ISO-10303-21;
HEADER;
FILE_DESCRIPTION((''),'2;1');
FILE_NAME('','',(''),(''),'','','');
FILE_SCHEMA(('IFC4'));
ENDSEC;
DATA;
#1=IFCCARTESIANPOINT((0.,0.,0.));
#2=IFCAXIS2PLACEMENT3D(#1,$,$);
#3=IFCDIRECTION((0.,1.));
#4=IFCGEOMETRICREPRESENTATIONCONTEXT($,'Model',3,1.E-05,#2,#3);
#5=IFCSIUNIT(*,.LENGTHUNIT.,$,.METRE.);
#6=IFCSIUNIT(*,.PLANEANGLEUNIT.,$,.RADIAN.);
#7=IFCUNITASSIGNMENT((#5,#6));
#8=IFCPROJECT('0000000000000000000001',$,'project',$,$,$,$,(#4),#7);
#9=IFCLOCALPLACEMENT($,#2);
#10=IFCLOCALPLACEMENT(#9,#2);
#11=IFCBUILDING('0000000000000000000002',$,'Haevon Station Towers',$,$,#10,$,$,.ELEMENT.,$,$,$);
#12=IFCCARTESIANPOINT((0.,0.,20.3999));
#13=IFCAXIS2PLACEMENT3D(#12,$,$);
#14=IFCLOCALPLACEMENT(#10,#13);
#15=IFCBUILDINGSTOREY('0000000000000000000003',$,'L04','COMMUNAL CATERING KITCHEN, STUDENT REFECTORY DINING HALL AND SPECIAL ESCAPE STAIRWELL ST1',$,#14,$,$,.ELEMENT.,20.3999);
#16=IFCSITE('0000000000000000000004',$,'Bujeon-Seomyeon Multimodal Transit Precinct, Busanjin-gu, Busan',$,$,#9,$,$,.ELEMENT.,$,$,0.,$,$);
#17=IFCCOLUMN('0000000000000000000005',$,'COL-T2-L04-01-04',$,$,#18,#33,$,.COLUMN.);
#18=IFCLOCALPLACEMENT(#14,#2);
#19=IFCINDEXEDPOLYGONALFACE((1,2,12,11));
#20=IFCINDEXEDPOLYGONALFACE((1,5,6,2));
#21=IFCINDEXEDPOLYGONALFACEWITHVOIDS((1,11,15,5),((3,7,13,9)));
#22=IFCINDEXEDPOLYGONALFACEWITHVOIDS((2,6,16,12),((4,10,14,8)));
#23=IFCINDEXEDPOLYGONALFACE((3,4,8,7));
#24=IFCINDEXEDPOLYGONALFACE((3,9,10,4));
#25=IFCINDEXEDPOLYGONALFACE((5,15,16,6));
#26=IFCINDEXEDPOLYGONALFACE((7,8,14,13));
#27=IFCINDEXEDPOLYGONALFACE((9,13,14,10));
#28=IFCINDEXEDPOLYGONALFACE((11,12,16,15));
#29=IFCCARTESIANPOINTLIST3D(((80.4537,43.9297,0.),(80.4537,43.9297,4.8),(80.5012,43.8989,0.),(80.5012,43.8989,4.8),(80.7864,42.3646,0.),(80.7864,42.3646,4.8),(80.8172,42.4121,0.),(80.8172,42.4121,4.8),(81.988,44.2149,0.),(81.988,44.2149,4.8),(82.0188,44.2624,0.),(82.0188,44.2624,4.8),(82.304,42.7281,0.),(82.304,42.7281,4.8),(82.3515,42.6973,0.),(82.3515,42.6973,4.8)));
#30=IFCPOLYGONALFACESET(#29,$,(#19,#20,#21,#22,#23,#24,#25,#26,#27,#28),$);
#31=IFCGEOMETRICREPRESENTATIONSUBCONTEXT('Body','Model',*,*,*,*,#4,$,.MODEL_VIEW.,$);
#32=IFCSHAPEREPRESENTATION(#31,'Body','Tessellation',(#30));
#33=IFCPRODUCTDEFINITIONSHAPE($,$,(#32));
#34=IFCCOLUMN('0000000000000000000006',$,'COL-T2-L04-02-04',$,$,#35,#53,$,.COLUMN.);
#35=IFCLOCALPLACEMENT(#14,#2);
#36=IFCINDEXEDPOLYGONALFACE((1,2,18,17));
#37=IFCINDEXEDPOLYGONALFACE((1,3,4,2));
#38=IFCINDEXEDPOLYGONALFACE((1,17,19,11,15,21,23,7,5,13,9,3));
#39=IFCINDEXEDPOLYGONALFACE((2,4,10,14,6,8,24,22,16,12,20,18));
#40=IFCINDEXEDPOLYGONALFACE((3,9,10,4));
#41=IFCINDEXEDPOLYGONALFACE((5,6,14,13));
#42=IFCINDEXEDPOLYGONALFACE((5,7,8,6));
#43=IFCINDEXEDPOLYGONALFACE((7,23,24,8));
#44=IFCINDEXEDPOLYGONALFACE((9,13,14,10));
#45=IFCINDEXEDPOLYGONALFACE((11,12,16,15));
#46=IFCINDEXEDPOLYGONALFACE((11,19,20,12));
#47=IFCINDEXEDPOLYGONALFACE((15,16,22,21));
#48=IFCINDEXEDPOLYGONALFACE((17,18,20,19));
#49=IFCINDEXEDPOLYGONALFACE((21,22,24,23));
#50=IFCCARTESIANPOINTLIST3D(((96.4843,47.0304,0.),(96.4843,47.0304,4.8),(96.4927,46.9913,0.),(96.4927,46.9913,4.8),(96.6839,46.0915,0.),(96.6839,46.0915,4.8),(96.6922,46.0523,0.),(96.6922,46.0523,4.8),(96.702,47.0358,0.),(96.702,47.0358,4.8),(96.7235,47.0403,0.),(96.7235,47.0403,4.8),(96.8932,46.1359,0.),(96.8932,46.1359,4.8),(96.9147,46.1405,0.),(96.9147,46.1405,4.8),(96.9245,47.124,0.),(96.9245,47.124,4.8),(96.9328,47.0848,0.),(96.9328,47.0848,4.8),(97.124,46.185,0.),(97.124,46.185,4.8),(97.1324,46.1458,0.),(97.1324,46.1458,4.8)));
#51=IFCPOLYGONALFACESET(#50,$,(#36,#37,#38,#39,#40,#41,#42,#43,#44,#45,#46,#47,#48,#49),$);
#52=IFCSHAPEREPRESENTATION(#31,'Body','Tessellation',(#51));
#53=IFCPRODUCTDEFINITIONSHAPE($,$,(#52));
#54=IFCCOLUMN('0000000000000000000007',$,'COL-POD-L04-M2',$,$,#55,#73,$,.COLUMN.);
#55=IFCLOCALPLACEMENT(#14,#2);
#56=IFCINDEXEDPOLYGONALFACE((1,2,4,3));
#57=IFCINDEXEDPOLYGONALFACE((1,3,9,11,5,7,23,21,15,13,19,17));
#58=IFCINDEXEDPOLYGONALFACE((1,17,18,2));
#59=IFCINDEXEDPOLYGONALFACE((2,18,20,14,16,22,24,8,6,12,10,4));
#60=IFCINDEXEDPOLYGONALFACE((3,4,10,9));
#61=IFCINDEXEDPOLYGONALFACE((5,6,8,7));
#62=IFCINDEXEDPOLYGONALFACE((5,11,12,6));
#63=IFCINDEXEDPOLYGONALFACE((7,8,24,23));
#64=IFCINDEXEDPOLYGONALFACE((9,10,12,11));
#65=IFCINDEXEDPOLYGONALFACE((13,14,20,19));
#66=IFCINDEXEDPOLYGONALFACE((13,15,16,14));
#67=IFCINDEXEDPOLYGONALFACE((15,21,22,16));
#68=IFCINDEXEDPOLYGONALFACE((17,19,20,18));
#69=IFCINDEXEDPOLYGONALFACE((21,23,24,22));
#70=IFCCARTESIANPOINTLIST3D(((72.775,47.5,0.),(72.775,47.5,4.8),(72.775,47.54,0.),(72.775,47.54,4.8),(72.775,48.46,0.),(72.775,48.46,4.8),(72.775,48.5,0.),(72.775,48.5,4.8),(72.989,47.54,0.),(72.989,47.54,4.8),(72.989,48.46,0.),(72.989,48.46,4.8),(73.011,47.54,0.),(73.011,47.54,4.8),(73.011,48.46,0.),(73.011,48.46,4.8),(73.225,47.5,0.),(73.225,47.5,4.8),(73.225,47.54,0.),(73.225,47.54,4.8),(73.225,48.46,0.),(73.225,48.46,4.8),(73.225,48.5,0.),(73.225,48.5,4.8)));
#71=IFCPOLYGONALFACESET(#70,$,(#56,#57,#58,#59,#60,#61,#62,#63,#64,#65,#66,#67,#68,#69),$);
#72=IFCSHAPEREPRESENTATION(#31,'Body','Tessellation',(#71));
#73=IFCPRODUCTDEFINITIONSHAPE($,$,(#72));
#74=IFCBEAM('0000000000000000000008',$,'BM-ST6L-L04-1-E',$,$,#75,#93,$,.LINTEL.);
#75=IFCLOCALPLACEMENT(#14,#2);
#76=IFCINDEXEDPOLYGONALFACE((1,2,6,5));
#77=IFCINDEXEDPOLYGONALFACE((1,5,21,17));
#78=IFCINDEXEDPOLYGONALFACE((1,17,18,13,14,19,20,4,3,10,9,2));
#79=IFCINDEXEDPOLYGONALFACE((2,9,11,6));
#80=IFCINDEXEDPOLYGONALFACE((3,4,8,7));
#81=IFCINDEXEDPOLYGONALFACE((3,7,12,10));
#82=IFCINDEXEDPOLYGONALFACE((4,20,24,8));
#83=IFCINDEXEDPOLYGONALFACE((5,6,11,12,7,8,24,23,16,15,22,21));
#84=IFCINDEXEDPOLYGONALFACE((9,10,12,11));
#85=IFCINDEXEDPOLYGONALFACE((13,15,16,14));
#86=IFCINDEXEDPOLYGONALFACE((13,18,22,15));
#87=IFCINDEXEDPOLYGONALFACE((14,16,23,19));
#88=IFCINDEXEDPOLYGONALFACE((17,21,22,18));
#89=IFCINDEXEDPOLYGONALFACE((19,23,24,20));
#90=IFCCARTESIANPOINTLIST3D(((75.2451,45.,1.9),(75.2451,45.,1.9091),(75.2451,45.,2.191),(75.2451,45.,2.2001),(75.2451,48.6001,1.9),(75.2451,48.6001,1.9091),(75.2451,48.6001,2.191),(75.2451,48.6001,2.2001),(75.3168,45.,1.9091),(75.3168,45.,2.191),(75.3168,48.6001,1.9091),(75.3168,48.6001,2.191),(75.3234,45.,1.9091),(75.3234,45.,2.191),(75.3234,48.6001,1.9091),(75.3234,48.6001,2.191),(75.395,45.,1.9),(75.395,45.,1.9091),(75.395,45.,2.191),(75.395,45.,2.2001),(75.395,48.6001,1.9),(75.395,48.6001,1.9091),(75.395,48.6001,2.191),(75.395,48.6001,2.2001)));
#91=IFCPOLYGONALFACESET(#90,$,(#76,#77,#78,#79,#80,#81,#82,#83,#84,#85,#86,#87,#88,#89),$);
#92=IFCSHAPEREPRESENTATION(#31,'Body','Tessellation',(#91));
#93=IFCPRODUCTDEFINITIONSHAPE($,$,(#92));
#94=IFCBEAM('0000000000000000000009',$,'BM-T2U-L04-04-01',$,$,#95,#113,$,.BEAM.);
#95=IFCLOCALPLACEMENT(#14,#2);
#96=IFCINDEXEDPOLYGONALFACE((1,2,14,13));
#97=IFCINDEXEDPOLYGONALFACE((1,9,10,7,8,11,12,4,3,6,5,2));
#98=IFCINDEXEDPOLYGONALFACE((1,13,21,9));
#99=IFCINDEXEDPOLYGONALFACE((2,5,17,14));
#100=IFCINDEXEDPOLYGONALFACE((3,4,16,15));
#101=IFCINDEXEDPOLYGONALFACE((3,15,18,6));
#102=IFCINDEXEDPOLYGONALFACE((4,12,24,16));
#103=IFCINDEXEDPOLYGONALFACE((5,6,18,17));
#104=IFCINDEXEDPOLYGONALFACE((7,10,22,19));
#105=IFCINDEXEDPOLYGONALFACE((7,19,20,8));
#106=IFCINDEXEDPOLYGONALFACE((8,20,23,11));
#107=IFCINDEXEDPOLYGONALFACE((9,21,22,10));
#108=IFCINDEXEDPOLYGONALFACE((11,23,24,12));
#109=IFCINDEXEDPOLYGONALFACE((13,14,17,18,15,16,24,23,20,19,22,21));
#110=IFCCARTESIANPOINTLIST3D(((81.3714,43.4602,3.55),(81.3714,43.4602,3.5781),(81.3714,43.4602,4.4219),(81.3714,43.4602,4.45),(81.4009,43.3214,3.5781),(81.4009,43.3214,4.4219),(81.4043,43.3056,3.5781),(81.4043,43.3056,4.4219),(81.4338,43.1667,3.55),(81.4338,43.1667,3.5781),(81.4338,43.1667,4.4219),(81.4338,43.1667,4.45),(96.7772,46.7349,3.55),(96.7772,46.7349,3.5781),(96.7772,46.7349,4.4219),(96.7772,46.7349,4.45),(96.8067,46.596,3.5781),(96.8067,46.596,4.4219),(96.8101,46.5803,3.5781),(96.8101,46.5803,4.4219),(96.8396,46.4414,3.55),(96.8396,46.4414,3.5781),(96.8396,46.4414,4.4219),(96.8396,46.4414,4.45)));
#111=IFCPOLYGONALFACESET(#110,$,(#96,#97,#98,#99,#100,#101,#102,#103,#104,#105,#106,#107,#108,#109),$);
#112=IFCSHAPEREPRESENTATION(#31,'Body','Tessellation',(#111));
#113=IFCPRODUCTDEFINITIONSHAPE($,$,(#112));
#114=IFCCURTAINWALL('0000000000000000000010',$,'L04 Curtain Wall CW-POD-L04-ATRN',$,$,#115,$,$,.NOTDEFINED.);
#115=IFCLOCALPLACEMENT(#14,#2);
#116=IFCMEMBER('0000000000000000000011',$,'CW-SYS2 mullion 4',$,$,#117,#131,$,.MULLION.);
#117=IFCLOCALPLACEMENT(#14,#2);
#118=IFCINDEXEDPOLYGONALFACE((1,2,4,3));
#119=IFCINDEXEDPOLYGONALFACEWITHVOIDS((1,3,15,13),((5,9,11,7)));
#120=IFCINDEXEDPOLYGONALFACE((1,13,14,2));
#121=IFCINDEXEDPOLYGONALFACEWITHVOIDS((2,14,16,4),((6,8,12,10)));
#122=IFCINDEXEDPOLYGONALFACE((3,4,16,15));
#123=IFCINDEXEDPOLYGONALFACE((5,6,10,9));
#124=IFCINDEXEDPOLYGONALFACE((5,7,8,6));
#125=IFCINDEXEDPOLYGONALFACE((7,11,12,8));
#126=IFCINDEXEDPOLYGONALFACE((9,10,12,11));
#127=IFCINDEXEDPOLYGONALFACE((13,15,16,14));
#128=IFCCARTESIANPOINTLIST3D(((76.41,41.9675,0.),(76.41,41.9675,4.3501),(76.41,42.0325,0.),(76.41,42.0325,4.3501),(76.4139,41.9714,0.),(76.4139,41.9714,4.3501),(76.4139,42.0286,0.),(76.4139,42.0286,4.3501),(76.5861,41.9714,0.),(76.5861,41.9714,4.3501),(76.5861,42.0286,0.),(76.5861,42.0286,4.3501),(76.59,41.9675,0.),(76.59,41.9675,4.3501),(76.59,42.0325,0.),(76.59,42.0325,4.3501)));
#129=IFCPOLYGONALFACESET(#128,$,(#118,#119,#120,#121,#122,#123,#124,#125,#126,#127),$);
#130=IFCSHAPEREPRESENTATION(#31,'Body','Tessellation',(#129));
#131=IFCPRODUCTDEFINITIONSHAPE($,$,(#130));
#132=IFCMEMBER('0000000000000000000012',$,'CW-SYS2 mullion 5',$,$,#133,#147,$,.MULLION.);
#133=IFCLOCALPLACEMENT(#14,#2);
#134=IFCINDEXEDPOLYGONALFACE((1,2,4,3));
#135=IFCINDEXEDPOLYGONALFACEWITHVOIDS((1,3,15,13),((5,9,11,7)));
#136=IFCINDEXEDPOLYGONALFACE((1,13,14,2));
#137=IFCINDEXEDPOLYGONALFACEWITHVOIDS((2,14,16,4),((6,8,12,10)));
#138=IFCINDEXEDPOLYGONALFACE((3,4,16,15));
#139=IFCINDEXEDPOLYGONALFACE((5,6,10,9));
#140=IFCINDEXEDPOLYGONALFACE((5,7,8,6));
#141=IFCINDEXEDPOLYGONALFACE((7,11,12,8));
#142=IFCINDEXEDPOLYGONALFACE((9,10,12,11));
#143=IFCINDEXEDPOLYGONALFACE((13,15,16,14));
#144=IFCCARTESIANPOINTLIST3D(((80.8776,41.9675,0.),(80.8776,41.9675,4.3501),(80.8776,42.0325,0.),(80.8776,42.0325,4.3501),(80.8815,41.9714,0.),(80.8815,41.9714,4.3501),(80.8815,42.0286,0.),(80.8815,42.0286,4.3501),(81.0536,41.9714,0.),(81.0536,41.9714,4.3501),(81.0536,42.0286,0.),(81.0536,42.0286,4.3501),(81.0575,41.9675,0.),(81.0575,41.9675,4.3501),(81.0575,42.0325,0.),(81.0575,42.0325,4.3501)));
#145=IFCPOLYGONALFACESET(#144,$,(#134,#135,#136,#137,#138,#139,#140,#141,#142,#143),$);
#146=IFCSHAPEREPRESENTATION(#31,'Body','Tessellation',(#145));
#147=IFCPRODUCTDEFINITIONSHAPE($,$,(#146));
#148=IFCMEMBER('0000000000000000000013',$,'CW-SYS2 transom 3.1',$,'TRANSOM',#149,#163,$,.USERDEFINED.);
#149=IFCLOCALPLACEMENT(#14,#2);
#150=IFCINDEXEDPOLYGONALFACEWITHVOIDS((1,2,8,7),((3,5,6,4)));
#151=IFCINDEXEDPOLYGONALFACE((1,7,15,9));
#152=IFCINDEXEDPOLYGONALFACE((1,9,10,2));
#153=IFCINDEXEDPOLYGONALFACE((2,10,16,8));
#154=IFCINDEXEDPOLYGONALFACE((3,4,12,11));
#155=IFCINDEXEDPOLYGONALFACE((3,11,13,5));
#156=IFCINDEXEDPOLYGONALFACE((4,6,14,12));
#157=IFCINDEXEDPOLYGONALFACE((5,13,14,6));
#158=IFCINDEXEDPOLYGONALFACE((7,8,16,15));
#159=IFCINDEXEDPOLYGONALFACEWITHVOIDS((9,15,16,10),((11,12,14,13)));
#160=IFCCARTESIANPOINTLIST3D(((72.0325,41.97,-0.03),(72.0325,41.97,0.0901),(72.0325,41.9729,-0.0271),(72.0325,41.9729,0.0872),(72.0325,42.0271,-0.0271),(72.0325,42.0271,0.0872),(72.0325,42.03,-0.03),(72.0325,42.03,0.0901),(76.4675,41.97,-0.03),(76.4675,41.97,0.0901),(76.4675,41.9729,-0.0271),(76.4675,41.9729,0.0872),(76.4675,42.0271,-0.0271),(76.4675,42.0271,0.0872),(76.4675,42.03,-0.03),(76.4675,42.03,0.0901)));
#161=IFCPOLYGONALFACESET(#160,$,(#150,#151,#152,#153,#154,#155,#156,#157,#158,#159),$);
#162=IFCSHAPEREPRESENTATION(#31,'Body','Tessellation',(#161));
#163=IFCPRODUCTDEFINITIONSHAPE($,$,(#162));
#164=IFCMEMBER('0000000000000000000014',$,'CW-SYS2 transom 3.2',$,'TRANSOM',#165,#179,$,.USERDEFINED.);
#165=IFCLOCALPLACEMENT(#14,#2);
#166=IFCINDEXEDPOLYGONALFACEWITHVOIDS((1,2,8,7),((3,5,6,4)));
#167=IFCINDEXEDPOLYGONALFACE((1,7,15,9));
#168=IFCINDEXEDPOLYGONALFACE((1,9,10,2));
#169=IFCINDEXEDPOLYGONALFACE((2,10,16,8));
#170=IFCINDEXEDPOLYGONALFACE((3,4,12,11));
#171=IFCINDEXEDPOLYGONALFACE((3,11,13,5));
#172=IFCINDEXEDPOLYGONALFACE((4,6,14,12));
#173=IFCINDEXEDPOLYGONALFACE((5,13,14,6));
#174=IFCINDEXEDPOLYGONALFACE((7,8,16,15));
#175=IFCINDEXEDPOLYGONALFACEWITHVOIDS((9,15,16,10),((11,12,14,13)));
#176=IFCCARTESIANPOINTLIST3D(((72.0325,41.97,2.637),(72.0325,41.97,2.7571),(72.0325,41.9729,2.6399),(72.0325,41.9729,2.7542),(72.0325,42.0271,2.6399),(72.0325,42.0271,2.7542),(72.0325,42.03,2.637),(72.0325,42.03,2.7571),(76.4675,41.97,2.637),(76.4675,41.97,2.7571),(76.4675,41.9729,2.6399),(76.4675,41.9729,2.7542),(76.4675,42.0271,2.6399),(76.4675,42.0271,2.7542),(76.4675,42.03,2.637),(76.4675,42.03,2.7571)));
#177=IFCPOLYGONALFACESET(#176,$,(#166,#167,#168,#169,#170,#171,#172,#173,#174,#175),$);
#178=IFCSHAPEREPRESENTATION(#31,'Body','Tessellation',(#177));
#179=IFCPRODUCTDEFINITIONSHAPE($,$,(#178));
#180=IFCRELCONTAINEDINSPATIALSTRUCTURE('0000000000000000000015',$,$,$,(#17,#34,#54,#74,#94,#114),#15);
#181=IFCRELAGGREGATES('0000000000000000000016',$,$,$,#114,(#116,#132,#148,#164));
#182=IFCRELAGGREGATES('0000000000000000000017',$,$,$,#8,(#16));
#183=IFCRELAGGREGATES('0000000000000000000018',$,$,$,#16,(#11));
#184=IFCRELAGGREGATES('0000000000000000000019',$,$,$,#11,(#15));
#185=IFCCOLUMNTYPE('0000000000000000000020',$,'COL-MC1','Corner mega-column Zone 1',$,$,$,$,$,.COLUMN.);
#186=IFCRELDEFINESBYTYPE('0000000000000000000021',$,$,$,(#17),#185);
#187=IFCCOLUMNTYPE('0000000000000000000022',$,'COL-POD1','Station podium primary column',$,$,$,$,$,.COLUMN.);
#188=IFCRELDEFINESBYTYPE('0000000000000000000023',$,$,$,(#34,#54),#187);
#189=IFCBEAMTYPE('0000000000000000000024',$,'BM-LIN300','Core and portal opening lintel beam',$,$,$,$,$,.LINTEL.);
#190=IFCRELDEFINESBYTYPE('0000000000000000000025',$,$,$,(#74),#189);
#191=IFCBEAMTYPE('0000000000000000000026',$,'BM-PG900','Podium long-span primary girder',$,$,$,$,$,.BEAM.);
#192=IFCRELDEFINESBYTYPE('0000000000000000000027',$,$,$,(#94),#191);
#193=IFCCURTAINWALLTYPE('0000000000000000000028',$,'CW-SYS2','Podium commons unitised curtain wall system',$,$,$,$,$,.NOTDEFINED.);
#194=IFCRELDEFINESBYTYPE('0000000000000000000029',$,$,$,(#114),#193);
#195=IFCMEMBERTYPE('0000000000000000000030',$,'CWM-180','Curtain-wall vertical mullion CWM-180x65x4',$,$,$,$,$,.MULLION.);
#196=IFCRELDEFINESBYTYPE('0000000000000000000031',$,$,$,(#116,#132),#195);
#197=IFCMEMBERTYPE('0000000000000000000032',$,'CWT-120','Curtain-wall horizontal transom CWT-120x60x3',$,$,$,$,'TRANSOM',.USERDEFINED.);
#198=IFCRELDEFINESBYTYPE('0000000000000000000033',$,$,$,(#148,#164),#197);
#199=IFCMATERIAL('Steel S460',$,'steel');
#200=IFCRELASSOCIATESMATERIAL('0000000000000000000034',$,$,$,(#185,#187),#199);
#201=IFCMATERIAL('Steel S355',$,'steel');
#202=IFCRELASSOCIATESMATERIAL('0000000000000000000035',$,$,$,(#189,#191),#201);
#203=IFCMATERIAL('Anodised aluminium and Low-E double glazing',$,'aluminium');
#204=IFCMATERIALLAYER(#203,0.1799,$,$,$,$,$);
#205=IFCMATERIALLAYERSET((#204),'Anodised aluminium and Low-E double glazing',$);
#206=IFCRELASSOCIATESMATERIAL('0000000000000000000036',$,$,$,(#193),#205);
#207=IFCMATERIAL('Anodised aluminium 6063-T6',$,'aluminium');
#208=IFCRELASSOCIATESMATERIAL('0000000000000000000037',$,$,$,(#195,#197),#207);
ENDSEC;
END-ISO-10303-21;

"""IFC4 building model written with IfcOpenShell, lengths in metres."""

from ifc_helpers import new_model, si_unit, direction, frame, origin, origin_2d, place, context, subcontext, project, spatial, hollow_rectangle, i_section, extrude, material, layer, layer_set, material_profile, profile_set, type_object, element, aggregate, save


model = new_model("IFC4")

# Units and contexts
model_context = context("Model", 3, precision=1e-05, world=origin(), true_north=direction((0.0, 1.0)))
body_context = subcontext(model_context, "Body", "Model", "MODEL_VIEW")
ifc_project = project(units=[si_unit("LENGTHUNIT", "METRE"), si_unit("PLANEANGLEUNIT", "RADIAN")], contexts=[model_context])

# Site, building, storey
site_placement = place(None, origin())
site = spatial("IfcSite", under=ifc_project, at=site_placement, Name="Bujeon-Seomyeon Multimodal Transit Precinct, Busanjin-gu, Busan", CompositionType="ELEMENT", RefElevation=0.0)
building_placement = place(site_placement, origin())
building = spatial("IfcBuilding", under=site, at=building_placement, Name="Haevon Station Towers", CompositionType="ELEMENT")
storey_placement = place(building_placement, frame((0.0, 0.0, 20.3999)))
storey = spatial("IfcBuildingStorey", under=building, at=storey_placement, Name="L04", Description="COMMUNAL CATERING KITCHEN, STUDENT REFECTORY DINING HALL AND SPECIAL ESCAPE STAIRWELL ST1", CompositionType="ELEMENT", Elevation=20.3999)

# Columns
ifc_material_1 = material(Name="Steel S460", Category="steel")
ifc_material_profile_1 = material_profile(ifc_material_1, hollow_rectangle(XDim=1.6001, YDim=1.6001, WallThickness=0.04, at=origin_2d()), Name="BOX-1600x1600x40")
ifc_profile_set_1 = profile_set([ifc_material_profile_1], Name="Steel S460")
column_type_1 = type_object("IfcColumnType", Name="COL-MC1", Description="Corner mega-column Zone 1", PredefinedType="COLUMN", material=ifc_profile_set_1)
column_placement = place(storey_placement, frame((81.4026, 43.3135, 0.0), z_axis=(0.0, 0.0, 1.0), x_axis=(0.978148, 0.207912, 0.0)))
element("IfcColumn", 1, at=column_placement, inside=storey, type_object=column_type_1, Name="COL-T2-L04-01-04", PredefinedType="COLUMN", context=body_context, shape_type="SweptSolid", body=[
    extrude(hollow_rectangle(XDim=1.6001, YDim=1.6001, WallThickness=0.04, at=origin_2d()), origin(), (0.0, 0.0, 1.0), 4.8),
])
ifc_material_profile_2 = material_profile(ifc_material_1, i_section(OverallWidth=0.45, OverallDepth=1.0, WebThickness=0.022, FlangeThickness=0.04, at=origin_2d()), Name="H-1000x450x22x40")
ifc_profile_set_2 = profile_set([ifc_material_profile_2], Name="Steel S460")
column_type_2 = type_object("IfcColumnType", Name="COL-POD1", Description="Station podium primary column", PredefinedType="COLUMN", material=ifc_profile_set_2)
for number, where, z_axis, x_axis, name in (
    (2, (96.8083, 46.5881, 0.0), (0.0, 0.0, 1.0), (0.978148, 0.207912, 0.0), "COL-T2-L04-02-04"),
    (3, (73.0, 48.0, 0.0), (0.0, 0.0, 1.0), (1.0, 0.0, 0.0), "COL-POD-L04-M2"),
):
    element("IfcColumn", number, at=place(storey_placement, frame(where, z_axis=z_axis, x_axis=x_axis)), inside=storey, type_object=column_type_2, Name=name, PredefinedType="COLUMN", context=body_context, shape_type="SweptSolid", body=[
        extrude(i_section(OverallWidth=0.45, OverallDepth=1.0, WebThickness=0.022, FlangeThickness=0.04, at=origin_2d()), origin(), (0.0, 0.0, 1.0), 4.8),
    ])

# Beams
ifc_material_2 = material(Name="Steel S355", Category="steel")
ifc_material_profile_3 = material_profile(ifc_material_2, i_section(OverallWidth=0.1499, OverallDepth=0.3, WebThickness=0.0066, FlangeThickness=0.009, at=origin_2d()), Name="H-300x150x6.5x9")
ifc_profile_set_3 = profile_set([ifc_material_profile_3], Name="Steel S355")
beam_type_1 = type_object("IfcBeamType", Name="BM-LIN300", Description="Core and portal opening lintel beam", PredefinedType="LINTEL", material=ifc_profile_set_3)
beam_1_placement = place(storey_placement, frame((75.3201, 45.0, 2.05), z_axis=(0.0, 1.0, 0.0), x_axis=(-1.0, 0.0, 0.0)))
element("IfcBeam", 4, at=beam_1_placement, inside=storey, type_object=beam_type_1, Name="BM-ST6L-L04-1-E", PredefinedType="LINTEL", context=body_context, shape_type="SweptSolid", body=[
    extrude(i_section(OverallWidth=0.1499, OverallDepth=0.3, WebThickness=0.0066, FlangeThickness=0.009, at=origin_2d()), origin(), (0.0, 0.0, 1.0), 3.6001),
])
ifc_material_profile_4 = material_profile(ifc_material_2, i_section(OverallWidth=0.3, OverallDepth=0.8999, WebThickness=0.0161, FlangeThickness=0.0281, at=origin_2d()), Name="H-900x300x16x28")
ifc_profile_set_4 = profile_set([ifc_material_profile_4], Name="Steel S355")
beam_type_2 = type_object("IfcBeamType", Name="BM-PG900", Description="Podium long-span primary girder", PredefinedType="BEAM", material=ifc_profile_set_4)
beam_2_placement = place(storey_placement, frame((81.4026, 43.3135, 4.0), z_axis=(0.978147, 0.207915, 0.0), x_axis=(-0.207915, 0.978147, 0.0)))
element("IfcBeam", 5, at=beam_2_placement, inside=storey, type_object=beam_type_2, Name="BM-T2U-L04-04-01", PredefinedType="BEAM", context=body_context, shape_type="SweptSolid", body=[
    extrude(i_section(OverallWidth=0.3, OverallDepth=0.8999, WebThickness=0.0161, FlangeThickness=0.0281, at=origin_2d()), origin(), (0.0, 0.0, 1.0), 15.75),
])

# Curtain wall, members
ifc_material_3 = material(Name="Anodised aluminium and Low-E double glazing", Category="aluminium")
ifc_layer_1 = layer(ifc_material_3, 0.1799)
ifc_layer_set_1 = layer_set([ifc_layer_1], Name="Anodised aluminium and Low-E double glazing")
curtain_wall_type = type_object("IfcCurtainWallType", Name="CW-SYS2", Description="Podium commons unitised curtain wall system", PredefinedType="NOTDEFINED", material=ifc_layer_set_1)
curtain_wall_placement = place(storey_placement, origin())
curtain_wall = element("IfcCurtainWall", 6, at=curtain_wall_placement, inside=storey, type_object=curtain_wall_type, Name="L04 Curtain Wall CW-POD-L04-ATRN", PredefinedType="NOTDEFINED")
ifc_material_4 = material(Name="Anodised aluminium 6063-T6", Category="aluminium")
ifc_material_profile_5 = material_profile(ifc_material_4, hollow_rectangle(XDim=0.0649, YDim=0.1799, WallThickness=0.0039, at=origin_2d()), Name="CWM-180x65x4")
ifc_profile_set_5 = profile_set([ifc_material_profile_5], Name="Anodised aluminium 6063-T6")
member_type_1 = type_object("IfcMemberType", Name="CWM-180", Description="Curtain-wall vertical mullion CWM-180x65x4", PredefinedType="MULLION", material=ifc_profile_set_5)
member_1_placement = place(storey_placement, frame((76.5, 42.0, 0.0), z_axis=(0.0, 0.0, 1.0), x_axis=(0.0, 1.0, 0.0)))
member_1 = element("IfcMember", 7, at=member_1_placement, type_object=member_type_1, Name="CW-SYS2 mullion 4", PredefinedType="MULLION", context=body_context, shape_type="SweptSolid", body=[
    extrude(hollow_rectangle(XDim=0.0649, YDim=0.1799, WallThickness=0.0039, at=origin_2d()), origin(), (0.0, 0.0, 1.0), 4.3501),
])
member_2_placement = place(storey_placement, frame((80.9675, 42.0, 0.0), z_axis=(0.0, 0.0, 1.0), x_axis=(0.0, 1.0, 0.0)))
member_2 = element("IfcMember", 8, at=member_2_placement, type_object=member_type_1, Name="CW-SYS2 mullion 5", PredefinedType="MULLION", context=body_context, shape_type="SweptSolid", body=[
    extrude(hollow_rectangle(XDim=0.0649, YDim=0.1799, WallThickness=0.0039, at=origin_2d()), origin(), (0.0, 0.0, 1.0), 4.3501),
])
ifc_material_profile_6 = material_profile(ifc_material_4, hollow_rectangle(XDim=0.0601, YDim=0.1201, WallThickness=0.0029, at=origin_2d()), Name="CWT-120x60x3")
ifc_profile_set_6 = profile_set([ifc_material_profile_6], Name="Anodised aluminium 6063-T6")
member_type_2 = type_object("IfcMemberType", Name="CWT-120", Description="Curtain-wall horizontal transom CWT-120x60x3", ElementType="TRANSOM", PredefinedType="USERDEFINED", material=ifc_profile_set_6)
member_3_placement = place(storey_placement, frame((72.0325, 42.0, 0.03), z_axis=(1.0, 0.0, 0.0), x_axis=(0.0, 1.0, 0.0)))
member_3 = element("IfcMember", 9, at=member_3_placement, type_object=member_type_2, Name="CW-SYS2 transom 3.1", ObjectType="TRANSOM", PredefinedType="USERDEFINED", context=body_context, shape_type="SweptSolid", body=[
    extrude(hollow_rectangle(XDim=0.0601, YDim=0.1201, WallThickness=0.0029, at=origin_2d()), origin(), (0.0, 0.0, 1.0), 4.4351),
])
member_4_placement = place(storey_placement, frame((72.0325, 42.0, 2.697), z_axis=(1.0, 0.0, 0.0), x_axis=(0.0, 1.0, 0.0)))
member_4 = element("IfcMember", 10, at=member_4_placement, type_object=member_type_2, Name="CW-SYS2 transom 3.2", ObjectType="TRANSOM", PredefinedType="USERDEFINED", context=body_context, shape_type="SweptSolid", body=[
    extrude(hollow_rectangle(XDim=0.0601, YDim=0.1201, WallThickness=0.0029, at=origin_2d()), origin(), (0.0, 0.0, 1.0), 4.4351),
])
aggregate(curtain_wall, [member_1, member_2, member_3, member_4])

save(model, "model.ifc")
